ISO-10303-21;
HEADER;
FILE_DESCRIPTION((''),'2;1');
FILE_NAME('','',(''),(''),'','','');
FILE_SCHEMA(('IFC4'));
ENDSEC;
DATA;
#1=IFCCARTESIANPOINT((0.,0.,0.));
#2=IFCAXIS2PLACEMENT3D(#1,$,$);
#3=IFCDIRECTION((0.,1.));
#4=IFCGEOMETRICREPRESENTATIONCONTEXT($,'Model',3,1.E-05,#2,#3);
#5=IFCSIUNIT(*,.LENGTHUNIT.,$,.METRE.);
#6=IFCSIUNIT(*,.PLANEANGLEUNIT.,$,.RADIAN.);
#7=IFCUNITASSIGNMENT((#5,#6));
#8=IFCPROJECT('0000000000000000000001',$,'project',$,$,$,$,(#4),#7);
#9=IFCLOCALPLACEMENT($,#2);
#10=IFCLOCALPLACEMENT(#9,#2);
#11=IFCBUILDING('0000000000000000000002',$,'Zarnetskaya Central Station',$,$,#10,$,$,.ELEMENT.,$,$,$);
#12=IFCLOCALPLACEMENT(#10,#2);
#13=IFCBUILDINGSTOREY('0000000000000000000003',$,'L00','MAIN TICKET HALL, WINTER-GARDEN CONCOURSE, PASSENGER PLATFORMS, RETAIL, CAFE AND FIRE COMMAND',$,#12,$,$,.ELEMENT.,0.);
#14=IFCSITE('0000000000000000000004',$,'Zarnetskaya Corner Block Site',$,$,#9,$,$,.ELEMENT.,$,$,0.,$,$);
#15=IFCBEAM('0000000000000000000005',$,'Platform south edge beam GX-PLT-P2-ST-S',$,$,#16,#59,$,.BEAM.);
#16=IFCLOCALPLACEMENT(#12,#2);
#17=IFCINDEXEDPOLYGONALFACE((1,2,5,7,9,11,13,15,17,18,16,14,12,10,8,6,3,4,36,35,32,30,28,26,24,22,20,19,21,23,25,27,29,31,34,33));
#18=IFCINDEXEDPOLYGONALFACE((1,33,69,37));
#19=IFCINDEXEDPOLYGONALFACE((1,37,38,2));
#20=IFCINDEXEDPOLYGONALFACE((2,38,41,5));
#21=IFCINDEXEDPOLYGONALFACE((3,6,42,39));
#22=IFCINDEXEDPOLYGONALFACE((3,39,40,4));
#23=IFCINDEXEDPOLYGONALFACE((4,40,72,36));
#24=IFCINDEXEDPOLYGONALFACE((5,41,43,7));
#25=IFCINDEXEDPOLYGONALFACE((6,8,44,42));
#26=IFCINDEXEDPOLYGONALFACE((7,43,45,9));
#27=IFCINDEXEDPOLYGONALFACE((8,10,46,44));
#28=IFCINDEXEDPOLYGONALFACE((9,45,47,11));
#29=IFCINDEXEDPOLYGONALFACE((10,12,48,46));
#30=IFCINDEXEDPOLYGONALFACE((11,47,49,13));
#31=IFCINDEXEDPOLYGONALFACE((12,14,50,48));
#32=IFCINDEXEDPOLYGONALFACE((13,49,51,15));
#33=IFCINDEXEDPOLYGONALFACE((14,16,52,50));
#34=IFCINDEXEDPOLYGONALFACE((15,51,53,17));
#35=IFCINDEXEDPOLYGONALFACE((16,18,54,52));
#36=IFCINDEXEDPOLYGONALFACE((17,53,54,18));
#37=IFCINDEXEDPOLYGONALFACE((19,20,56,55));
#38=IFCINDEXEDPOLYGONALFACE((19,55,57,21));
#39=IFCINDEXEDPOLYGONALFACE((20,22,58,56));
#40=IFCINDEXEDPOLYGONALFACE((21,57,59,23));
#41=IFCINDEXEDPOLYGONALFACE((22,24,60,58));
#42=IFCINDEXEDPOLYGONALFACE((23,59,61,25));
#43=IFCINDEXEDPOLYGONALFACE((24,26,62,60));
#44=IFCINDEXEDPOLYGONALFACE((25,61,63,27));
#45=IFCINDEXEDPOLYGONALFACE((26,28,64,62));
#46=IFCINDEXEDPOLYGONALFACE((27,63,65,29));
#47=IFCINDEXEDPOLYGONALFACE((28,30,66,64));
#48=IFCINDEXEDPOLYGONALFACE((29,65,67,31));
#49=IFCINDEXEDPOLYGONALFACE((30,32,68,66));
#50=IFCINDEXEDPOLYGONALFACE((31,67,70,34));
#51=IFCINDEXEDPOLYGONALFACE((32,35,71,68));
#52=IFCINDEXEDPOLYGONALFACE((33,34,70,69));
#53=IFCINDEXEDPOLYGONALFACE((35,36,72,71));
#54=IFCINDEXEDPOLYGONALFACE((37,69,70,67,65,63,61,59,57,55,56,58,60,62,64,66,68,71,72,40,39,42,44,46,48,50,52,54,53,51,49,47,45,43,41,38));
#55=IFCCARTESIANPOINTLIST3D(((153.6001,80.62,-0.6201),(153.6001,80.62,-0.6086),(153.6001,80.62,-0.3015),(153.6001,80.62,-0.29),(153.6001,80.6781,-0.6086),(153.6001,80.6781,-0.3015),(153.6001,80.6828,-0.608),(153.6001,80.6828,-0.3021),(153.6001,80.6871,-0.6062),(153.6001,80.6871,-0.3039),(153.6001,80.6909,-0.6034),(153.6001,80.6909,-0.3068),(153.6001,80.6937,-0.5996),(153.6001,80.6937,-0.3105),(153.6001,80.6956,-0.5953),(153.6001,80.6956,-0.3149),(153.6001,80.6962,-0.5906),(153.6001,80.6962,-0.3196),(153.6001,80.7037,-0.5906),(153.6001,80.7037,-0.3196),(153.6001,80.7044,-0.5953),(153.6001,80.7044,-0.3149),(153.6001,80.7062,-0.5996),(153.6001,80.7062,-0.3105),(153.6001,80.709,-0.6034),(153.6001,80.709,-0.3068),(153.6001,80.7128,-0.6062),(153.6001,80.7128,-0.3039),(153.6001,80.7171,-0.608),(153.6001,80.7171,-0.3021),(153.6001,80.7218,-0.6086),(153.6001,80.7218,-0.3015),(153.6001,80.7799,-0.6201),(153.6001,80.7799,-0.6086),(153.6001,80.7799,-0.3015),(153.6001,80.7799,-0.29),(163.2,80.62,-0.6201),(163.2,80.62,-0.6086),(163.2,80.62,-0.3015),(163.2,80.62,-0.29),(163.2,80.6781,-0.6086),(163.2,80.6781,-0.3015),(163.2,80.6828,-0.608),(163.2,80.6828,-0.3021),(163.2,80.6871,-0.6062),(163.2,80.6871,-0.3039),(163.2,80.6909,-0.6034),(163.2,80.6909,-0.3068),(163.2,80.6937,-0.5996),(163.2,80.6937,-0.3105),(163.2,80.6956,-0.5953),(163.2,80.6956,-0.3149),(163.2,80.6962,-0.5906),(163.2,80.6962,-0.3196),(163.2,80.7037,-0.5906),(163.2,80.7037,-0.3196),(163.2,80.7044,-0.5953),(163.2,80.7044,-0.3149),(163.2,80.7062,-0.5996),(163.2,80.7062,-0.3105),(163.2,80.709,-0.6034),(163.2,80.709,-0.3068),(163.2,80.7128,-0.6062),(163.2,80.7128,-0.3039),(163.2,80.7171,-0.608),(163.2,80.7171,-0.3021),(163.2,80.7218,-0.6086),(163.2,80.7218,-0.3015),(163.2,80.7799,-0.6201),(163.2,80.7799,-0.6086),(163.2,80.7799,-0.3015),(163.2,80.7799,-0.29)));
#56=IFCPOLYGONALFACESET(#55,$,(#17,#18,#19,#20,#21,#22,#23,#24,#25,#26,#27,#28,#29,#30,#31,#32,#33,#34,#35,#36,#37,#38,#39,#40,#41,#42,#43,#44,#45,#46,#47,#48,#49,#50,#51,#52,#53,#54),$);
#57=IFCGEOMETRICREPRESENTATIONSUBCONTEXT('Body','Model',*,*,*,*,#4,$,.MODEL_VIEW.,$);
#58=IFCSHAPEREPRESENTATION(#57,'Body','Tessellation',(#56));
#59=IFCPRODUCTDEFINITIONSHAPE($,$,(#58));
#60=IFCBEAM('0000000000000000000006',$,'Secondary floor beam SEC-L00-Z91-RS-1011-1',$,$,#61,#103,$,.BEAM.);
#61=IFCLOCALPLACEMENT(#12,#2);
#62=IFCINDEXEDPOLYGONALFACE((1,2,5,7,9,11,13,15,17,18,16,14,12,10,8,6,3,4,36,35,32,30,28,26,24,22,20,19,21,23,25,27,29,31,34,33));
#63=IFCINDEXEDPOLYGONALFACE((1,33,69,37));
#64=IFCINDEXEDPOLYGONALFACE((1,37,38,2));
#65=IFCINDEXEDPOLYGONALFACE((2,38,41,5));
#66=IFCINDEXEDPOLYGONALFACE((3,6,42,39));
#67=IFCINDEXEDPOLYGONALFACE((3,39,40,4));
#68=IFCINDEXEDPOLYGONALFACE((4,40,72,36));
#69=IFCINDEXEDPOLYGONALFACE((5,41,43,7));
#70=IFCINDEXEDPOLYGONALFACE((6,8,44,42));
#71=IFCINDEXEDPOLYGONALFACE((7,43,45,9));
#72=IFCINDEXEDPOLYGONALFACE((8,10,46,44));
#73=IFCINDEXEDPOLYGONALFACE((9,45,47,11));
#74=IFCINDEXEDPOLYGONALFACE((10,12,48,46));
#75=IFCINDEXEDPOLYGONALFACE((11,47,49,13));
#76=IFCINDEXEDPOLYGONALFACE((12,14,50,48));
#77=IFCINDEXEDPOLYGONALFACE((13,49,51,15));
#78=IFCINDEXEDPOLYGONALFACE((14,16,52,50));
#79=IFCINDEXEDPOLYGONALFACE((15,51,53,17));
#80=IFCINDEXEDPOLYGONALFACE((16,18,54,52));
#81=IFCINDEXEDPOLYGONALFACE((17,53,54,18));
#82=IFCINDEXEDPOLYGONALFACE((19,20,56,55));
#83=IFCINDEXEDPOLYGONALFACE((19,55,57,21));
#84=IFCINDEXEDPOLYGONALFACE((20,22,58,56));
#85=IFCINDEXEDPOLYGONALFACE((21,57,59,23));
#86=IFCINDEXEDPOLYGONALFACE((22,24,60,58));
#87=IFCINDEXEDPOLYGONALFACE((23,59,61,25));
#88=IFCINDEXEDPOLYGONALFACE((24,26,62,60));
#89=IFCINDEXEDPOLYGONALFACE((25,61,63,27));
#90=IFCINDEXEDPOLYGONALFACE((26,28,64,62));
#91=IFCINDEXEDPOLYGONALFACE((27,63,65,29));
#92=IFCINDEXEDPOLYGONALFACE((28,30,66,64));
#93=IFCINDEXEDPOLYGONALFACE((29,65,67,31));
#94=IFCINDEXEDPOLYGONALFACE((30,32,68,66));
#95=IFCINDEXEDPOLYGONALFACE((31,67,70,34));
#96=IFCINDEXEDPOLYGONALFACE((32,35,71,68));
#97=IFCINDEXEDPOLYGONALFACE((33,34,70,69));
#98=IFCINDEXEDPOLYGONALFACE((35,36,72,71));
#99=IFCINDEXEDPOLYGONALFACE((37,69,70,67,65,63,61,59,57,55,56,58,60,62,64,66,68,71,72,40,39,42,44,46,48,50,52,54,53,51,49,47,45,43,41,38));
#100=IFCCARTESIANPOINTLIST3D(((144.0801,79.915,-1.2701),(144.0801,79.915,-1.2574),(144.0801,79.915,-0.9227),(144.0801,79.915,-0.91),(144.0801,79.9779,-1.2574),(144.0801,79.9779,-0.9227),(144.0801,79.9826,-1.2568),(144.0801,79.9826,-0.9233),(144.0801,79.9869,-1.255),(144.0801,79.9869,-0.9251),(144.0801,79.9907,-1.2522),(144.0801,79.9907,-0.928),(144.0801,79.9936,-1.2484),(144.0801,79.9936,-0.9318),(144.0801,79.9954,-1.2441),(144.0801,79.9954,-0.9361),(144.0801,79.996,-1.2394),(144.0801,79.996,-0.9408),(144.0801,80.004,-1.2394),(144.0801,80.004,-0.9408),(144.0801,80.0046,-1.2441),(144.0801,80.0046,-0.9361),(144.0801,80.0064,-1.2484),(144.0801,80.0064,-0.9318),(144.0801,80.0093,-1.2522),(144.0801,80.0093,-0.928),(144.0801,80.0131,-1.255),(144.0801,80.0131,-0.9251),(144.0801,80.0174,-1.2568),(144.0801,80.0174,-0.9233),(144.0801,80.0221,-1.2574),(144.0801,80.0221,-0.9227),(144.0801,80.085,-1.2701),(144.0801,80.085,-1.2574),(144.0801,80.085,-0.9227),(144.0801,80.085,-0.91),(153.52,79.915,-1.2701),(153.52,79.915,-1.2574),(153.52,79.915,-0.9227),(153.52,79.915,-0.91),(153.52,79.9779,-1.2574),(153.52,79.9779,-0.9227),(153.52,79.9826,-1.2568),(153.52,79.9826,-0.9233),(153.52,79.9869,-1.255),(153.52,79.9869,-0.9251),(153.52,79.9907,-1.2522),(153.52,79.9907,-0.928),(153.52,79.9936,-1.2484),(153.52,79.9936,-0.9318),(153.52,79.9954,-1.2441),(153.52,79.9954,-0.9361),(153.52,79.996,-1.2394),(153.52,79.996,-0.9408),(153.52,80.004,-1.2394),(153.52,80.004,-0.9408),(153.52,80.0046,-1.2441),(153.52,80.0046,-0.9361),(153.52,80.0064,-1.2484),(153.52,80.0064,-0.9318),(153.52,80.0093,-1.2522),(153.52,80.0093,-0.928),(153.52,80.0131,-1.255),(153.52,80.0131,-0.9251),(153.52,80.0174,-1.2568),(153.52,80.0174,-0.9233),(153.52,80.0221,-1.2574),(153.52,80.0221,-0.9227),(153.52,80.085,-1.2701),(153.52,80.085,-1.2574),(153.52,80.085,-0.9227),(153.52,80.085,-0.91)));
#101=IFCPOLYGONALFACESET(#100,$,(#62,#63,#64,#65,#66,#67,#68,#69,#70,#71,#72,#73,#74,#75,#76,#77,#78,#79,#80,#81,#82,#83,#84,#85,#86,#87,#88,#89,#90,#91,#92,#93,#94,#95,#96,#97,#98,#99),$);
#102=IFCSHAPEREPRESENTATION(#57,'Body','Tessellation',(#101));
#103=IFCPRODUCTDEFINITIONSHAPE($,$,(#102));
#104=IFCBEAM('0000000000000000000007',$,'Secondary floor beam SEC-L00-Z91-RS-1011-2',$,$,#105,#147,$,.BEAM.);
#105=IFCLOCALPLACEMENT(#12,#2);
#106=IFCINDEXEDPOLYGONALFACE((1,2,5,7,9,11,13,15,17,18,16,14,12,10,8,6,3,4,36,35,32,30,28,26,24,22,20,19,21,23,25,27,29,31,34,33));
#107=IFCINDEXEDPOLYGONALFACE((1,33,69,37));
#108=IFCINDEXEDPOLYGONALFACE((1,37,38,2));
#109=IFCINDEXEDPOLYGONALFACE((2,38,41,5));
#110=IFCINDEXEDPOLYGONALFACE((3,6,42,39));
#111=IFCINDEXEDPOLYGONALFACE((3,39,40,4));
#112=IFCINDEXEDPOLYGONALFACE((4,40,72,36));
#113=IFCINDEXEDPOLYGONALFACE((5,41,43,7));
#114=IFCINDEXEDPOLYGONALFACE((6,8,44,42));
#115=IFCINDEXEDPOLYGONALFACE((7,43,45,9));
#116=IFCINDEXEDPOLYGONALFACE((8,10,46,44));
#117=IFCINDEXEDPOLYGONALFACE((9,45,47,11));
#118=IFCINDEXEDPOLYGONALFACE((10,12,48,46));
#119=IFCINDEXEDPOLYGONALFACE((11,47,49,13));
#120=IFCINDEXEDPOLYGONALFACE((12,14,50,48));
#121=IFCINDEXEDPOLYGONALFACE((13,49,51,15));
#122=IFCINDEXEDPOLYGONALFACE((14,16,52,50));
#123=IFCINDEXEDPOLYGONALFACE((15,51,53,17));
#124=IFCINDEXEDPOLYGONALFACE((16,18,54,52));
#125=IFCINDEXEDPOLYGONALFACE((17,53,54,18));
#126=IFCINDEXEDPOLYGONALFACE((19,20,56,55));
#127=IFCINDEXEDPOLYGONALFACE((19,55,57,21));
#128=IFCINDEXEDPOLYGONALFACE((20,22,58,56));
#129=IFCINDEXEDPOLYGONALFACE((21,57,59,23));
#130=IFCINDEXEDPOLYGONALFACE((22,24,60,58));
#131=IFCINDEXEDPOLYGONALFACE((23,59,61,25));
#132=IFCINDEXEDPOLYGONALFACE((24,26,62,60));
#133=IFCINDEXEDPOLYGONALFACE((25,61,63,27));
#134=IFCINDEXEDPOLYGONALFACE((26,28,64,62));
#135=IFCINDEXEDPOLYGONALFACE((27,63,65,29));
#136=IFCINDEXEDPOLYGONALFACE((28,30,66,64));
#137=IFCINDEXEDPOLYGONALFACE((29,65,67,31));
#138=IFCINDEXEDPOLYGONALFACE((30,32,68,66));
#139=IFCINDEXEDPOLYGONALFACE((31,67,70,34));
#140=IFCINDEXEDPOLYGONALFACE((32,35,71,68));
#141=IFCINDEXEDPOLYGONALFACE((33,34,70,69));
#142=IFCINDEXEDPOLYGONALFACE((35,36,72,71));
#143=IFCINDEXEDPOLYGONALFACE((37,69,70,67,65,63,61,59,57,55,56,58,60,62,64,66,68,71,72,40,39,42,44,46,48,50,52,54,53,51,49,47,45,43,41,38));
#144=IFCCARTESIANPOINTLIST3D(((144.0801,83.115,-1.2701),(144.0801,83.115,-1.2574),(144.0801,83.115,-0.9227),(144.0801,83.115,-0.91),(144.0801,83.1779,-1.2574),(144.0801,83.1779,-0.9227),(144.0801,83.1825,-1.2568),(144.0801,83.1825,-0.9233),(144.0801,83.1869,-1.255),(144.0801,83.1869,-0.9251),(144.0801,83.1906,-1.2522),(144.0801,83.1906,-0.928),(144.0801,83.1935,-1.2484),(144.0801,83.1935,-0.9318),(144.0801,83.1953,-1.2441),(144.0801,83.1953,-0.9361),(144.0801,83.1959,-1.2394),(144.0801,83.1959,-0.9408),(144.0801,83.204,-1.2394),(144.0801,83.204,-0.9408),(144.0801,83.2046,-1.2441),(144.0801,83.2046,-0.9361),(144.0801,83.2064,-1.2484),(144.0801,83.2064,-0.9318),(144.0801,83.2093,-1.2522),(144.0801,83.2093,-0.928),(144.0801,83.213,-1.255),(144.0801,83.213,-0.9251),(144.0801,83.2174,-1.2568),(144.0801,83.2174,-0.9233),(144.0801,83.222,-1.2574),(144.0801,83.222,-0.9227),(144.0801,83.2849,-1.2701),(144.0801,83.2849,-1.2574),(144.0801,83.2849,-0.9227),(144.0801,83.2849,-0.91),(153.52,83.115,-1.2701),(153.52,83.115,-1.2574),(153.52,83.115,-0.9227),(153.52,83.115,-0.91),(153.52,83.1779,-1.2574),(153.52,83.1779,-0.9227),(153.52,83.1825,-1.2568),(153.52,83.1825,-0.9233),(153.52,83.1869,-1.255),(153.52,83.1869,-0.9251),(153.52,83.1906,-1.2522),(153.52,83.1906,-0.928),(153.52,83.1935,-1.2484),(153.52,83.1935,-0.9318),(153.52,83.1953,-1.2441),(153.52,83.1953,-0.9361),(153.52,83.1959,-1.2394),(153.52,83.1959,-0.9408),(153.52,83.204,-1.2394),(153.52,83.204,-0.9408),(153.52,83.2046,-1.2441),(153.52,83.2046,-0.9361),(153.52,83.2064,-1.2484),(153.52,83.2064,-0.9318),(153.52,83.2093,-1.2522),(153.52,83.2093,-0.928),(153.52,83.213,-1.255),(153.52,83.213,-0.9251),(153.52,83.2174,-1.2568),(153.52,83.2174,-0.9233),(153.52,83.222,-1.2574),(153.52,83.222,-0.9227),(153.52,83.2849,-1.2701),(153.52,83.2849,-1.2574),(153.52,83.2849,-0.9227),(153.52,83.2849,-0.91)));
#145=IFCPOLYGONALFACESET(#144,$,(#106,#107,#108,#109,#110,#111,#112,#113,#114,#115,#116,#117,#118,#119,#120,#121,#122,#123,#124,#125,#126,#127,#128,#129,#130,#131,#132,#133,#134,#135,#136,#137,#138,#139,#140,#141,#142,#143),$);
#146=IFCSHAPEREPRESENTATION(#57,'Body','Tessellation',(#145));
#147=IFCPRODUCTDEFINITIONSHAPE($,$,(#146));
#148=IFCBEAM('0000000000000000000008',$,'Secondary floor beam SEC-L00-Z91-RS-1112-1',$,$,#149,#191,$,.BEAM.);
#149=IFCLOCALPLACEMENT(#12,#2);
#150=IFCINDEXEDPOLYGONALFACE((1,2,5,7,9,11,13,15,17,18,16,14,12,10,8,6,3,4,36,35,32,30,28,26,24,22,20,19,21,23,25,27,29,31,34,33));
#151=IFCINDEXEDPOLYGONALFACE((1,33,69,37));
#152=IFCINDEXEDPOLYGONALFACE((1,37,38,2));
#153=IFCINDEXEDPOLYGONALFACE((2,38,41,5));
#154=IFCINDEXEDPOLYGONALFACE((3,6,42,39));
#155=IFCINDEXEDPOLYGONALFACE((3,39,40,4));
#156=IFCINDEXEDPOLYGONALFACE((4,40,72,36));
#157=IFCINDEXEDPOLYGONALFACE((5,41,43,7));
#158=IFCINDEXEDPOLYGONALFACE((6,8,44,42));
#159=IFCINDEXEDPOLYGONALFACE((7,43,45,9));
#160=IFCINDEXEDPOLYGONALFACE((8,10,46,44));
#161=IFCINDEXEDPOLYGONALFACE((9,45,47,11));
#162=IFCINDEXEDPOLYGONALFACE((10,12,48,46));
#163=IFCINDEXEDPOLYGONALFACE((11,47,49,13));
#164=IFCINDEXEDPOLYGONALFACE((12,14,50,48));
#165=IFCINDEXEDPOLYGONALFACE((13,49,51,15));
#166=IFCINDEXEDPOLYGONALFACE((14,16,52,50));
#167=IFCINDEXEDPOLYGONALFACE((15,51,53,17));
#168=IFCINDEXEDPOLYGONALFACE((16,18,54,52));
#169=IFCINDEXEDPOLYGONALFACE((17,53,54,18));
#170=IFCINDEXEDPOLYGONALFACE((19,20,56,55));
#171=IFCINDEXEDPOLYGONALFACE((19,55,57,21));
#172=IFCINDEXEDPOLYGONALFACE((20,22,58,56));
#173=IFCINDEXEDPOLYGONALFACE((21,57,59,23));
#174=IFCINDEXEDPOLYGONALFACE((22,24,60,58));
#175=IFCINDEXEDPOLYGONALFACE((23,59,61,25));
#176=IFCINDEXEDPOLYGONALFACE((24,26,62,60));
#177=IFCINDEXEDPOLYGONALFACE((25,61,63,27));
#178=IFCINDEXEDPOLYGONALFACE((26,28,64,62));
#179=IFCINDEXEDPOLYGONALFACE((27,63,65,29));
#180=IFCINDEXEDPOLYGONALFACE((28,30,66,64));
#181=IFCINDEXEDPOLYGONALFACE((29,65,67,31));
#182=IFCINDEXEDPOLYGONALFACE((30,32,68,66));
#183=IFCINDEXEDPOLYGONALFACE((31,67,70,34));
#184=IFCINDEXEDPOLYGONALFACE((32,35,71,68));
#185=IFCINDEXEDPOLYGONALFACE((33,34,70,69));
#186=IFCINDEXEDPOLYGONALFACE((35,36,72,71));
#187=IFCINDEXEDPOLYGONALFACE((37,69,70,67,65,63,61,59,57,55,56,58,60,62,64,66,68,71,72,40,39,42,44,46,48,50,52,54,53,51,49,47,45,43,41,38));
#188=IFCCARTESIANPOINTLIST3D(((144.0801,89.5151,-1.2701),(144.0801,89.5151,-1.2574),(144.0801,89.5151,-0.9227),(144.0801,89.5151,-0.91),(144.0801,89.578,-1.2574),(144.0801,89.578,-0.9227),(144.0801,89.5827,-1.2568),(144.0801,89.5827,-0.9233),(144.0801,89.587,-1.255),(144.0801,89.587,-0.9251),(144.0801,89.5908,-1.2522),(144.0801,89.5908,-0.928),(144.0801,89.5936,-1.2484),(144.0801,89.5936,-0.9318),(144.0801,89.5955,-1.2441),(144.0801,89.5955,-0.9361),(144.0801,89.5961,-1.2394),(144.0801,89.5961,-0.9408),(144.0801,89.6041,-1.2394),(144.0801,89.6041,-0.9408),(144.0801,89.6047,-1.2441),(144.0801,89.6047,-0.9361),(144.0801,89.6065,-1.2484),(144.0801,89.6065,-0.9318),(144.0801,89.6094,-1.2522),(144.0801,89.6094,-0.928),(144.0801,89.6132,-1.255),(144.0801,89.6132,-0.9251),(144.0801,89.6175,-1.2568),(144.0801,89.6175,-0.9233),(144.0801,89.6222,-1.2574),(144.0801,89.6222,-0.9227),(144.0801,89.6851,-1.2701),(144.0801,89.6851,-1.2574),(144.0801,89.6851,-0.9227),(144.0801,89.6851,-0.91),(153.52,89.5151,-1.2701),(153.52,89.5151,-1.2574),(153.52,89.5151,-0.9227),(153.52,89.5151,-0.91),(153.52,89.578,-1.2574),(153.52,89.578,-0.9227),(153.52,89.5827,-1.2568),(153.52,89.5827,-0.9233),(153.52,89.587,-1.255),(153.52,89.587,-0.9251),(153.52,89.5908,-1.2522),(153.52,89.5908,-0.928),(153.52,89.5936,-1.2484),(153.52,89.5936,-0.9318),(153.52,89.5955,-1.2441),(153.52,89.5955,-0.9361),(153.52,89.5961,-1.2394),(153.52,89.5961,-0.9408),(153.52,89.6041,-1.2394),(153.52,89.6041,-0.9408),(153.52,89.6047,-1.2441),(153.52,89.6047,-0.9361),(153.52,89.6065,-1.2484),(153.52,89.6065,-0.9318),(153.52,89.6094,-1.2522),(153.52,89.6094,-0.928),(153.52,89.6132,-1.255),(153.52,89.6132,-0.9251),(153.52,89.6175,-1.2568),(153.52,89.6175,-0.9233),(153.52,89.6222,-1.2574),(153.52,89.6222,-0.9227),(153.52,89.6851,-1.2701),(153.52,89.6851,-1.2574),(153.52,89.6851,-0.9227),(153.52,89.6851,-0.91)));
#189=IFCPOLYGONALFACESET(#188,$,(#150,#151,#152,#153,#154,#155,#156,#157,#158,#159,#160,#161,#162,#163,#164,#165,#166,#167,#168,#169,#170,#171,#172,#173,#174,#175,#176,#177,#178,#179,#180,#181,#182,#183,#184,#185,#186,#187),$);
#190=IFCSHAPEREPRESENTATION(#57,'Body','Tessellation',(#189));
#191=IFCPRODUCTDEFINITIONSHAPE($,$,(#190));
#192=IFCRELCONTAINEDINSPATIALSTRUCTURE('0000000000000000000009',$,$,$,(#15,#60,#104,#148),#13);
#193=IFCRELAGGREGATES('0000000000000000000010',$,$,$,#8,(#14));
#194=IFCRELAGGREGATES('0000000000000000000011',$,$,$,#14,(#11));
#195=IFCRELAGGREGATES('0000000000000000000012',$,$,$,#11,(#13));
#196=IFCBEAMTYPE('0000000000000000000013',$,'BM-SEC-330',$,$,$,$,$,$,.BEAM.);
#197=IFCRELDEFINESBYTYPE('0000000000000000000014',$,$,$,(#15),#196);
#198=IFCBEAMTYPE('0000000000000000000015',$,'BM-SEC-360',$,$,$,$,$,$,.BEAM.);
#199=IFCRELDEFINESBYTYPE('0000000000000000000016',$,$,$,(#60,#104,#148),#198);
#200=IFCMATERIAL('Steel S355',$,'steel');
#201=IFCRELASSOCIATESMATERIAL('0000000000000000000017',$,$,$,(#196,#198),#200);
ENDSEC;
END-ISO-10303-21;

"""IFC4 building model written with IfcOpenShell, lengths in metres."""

from ifc_helpers import new_model, si_unit, direction, frame, origin, origin_2d, place, context, subcontext, project, spatial, i_section, extrude, material, material_profile, profile_set, type_object, element, save


model = new_model("IFC4")

# Units and contexts
model_context = context("Model", 3, precision=1e-05, world=origin(), true_north=direction((0.0, 1.0)))
body_context = subcontext(model_context, "Body", "Model", "MODEL_VIEW")
ifc_project = project(units=[si_unit("LENGTHUNIT", "METRE"), si_unit("PLANEANGLEUNIT", "RADIAN")], contexts=[model_context])

# Site, building, storey
site_placement = place(None, origin())
site = spatial("IfcSite", under=ifc_project, at=site_placement, Name="Zarnetskaya Corner Block Site", CompositionType="ELEMENT", RefElevation=0.0)
building_placement = place(site_placement, origin())
building = spatial("IfcBuilding", under=site, at=building_placement, Name="Zarnetskaya Central Station", CompositionType="ELEMENT")
storey_placement = place(building_placement, origin())
storey = spatial("IfcBuildingStorey", under=building, at=storey_placement, Name="L00", Description="MAIN TICKET HALL, WINTER-GARDEN CONCOURSE, PASSENGER PLATFORMS, RETAIL, CAFE AND FIRE COMMAND", CompositionType="ELEMENT", Elevation=0.0)

# Shared definitions
ifc_material = material(Name="Steel S355", Category="steel")

# Beams
ifc_material_profile_1 = material_profile(ifc_material, i_section(OverallWidth=0.1599, OverallDepth=0.3301, WebThickness=0.0076, FlangeThickness=0.0115, FilletRadius=0.0181, at=origin_2d()), Name="IPE 330")
ifc_profile_set_1 = profile_set([ifc_material_profile_1], Name="Steel S355")
beam_type_1 = type_object("IfcBeamType", Name="BM-SEC-330", PredefinedType="BEAM", material=ifc_profile_set_1)
beam_1_placement = place(storey_placement, frame((153.6001, 80.7, -0.4551), z_axis=(1.0, 0.0, 0.0), x_axis=(0.0, 1.0, 0.0)))
element("IfcBeam", 1, at=beam_1_placement, inside=storey, type_object=beam_type_1, Name="Platform south edge beam GX-PLT-P2-ST-S", PredefinedType="BEAM", context=body_context, shape_type="SweptSolid", body=[
    extrude(i_section(OverallWidth=0.1599, OverallDepth=0.3301, WebThickness=0.0076, FlangeThickness=0.0115, FilletRadius=0.0181, at=origin_2d()), origin(), (0.0, 0.0, 1.0), 9.5999),
])
ifc_material_profile_2 = material_profile(ifc_material, i_section(OverallWidth=0.1699, OverallDepth=0.3601, WebThickness=0.0081, FlangeThickness=0.0127, FilletRadius=0.0181, at=origin_2d()), Name="IPE 360")
ifc_profile_set_2 = profile_set([ifc_material_profile_2], Name="Steel S355")
beam_type_2 = type_object("IfcBeamType", Name="BM-SEC-360", PredefinedType="BEAM", material=ifc_profile_set_2)
for number, where, z_axis, x_axis, name in (
    (2, (144.0801, 80.0, -1.0901), (1.0, 0.0, 0.0), (0.0, 1.0, 0.0), "Secondary floor beam SEC-L00-Z91-RS-1011-1"),
    (3, (144.0801, 83.2, -1.0901), (1.0, 0.0, 0.0), (0.0, 1.0, 0.0), "Secondary floor beam SEC-L00-Z91-RS-1011-2"),
    (4, (144.0801, 89.6001, -1.0901), (1.0, 0.0, 0.0), (0.0, 1.0, 0.0), "Secondary floor beam SEC-L00-Z91-RS-1112-1"),
):
    element("IfcBeam", number, at=place(storey_placement, frame(where, z_axis=z_axis, x_axis=x_axis)), inside=storey, type_object=beam_type_2, Name=name, PredefinedType="BEAM", context=body_context, shape_type="SweptSolid", body=[
        extrude(i_section(OverallWidth=0.1699, OverallDepth=0.3601, WebThickness=0.0081, FlangeThickness=0.0127, FilletRadius=0.0181, at=origin_2d()), origin(), (0.0, 0.0, 1.0), 9.4399),
    ])

save(model, "model.ifc")
